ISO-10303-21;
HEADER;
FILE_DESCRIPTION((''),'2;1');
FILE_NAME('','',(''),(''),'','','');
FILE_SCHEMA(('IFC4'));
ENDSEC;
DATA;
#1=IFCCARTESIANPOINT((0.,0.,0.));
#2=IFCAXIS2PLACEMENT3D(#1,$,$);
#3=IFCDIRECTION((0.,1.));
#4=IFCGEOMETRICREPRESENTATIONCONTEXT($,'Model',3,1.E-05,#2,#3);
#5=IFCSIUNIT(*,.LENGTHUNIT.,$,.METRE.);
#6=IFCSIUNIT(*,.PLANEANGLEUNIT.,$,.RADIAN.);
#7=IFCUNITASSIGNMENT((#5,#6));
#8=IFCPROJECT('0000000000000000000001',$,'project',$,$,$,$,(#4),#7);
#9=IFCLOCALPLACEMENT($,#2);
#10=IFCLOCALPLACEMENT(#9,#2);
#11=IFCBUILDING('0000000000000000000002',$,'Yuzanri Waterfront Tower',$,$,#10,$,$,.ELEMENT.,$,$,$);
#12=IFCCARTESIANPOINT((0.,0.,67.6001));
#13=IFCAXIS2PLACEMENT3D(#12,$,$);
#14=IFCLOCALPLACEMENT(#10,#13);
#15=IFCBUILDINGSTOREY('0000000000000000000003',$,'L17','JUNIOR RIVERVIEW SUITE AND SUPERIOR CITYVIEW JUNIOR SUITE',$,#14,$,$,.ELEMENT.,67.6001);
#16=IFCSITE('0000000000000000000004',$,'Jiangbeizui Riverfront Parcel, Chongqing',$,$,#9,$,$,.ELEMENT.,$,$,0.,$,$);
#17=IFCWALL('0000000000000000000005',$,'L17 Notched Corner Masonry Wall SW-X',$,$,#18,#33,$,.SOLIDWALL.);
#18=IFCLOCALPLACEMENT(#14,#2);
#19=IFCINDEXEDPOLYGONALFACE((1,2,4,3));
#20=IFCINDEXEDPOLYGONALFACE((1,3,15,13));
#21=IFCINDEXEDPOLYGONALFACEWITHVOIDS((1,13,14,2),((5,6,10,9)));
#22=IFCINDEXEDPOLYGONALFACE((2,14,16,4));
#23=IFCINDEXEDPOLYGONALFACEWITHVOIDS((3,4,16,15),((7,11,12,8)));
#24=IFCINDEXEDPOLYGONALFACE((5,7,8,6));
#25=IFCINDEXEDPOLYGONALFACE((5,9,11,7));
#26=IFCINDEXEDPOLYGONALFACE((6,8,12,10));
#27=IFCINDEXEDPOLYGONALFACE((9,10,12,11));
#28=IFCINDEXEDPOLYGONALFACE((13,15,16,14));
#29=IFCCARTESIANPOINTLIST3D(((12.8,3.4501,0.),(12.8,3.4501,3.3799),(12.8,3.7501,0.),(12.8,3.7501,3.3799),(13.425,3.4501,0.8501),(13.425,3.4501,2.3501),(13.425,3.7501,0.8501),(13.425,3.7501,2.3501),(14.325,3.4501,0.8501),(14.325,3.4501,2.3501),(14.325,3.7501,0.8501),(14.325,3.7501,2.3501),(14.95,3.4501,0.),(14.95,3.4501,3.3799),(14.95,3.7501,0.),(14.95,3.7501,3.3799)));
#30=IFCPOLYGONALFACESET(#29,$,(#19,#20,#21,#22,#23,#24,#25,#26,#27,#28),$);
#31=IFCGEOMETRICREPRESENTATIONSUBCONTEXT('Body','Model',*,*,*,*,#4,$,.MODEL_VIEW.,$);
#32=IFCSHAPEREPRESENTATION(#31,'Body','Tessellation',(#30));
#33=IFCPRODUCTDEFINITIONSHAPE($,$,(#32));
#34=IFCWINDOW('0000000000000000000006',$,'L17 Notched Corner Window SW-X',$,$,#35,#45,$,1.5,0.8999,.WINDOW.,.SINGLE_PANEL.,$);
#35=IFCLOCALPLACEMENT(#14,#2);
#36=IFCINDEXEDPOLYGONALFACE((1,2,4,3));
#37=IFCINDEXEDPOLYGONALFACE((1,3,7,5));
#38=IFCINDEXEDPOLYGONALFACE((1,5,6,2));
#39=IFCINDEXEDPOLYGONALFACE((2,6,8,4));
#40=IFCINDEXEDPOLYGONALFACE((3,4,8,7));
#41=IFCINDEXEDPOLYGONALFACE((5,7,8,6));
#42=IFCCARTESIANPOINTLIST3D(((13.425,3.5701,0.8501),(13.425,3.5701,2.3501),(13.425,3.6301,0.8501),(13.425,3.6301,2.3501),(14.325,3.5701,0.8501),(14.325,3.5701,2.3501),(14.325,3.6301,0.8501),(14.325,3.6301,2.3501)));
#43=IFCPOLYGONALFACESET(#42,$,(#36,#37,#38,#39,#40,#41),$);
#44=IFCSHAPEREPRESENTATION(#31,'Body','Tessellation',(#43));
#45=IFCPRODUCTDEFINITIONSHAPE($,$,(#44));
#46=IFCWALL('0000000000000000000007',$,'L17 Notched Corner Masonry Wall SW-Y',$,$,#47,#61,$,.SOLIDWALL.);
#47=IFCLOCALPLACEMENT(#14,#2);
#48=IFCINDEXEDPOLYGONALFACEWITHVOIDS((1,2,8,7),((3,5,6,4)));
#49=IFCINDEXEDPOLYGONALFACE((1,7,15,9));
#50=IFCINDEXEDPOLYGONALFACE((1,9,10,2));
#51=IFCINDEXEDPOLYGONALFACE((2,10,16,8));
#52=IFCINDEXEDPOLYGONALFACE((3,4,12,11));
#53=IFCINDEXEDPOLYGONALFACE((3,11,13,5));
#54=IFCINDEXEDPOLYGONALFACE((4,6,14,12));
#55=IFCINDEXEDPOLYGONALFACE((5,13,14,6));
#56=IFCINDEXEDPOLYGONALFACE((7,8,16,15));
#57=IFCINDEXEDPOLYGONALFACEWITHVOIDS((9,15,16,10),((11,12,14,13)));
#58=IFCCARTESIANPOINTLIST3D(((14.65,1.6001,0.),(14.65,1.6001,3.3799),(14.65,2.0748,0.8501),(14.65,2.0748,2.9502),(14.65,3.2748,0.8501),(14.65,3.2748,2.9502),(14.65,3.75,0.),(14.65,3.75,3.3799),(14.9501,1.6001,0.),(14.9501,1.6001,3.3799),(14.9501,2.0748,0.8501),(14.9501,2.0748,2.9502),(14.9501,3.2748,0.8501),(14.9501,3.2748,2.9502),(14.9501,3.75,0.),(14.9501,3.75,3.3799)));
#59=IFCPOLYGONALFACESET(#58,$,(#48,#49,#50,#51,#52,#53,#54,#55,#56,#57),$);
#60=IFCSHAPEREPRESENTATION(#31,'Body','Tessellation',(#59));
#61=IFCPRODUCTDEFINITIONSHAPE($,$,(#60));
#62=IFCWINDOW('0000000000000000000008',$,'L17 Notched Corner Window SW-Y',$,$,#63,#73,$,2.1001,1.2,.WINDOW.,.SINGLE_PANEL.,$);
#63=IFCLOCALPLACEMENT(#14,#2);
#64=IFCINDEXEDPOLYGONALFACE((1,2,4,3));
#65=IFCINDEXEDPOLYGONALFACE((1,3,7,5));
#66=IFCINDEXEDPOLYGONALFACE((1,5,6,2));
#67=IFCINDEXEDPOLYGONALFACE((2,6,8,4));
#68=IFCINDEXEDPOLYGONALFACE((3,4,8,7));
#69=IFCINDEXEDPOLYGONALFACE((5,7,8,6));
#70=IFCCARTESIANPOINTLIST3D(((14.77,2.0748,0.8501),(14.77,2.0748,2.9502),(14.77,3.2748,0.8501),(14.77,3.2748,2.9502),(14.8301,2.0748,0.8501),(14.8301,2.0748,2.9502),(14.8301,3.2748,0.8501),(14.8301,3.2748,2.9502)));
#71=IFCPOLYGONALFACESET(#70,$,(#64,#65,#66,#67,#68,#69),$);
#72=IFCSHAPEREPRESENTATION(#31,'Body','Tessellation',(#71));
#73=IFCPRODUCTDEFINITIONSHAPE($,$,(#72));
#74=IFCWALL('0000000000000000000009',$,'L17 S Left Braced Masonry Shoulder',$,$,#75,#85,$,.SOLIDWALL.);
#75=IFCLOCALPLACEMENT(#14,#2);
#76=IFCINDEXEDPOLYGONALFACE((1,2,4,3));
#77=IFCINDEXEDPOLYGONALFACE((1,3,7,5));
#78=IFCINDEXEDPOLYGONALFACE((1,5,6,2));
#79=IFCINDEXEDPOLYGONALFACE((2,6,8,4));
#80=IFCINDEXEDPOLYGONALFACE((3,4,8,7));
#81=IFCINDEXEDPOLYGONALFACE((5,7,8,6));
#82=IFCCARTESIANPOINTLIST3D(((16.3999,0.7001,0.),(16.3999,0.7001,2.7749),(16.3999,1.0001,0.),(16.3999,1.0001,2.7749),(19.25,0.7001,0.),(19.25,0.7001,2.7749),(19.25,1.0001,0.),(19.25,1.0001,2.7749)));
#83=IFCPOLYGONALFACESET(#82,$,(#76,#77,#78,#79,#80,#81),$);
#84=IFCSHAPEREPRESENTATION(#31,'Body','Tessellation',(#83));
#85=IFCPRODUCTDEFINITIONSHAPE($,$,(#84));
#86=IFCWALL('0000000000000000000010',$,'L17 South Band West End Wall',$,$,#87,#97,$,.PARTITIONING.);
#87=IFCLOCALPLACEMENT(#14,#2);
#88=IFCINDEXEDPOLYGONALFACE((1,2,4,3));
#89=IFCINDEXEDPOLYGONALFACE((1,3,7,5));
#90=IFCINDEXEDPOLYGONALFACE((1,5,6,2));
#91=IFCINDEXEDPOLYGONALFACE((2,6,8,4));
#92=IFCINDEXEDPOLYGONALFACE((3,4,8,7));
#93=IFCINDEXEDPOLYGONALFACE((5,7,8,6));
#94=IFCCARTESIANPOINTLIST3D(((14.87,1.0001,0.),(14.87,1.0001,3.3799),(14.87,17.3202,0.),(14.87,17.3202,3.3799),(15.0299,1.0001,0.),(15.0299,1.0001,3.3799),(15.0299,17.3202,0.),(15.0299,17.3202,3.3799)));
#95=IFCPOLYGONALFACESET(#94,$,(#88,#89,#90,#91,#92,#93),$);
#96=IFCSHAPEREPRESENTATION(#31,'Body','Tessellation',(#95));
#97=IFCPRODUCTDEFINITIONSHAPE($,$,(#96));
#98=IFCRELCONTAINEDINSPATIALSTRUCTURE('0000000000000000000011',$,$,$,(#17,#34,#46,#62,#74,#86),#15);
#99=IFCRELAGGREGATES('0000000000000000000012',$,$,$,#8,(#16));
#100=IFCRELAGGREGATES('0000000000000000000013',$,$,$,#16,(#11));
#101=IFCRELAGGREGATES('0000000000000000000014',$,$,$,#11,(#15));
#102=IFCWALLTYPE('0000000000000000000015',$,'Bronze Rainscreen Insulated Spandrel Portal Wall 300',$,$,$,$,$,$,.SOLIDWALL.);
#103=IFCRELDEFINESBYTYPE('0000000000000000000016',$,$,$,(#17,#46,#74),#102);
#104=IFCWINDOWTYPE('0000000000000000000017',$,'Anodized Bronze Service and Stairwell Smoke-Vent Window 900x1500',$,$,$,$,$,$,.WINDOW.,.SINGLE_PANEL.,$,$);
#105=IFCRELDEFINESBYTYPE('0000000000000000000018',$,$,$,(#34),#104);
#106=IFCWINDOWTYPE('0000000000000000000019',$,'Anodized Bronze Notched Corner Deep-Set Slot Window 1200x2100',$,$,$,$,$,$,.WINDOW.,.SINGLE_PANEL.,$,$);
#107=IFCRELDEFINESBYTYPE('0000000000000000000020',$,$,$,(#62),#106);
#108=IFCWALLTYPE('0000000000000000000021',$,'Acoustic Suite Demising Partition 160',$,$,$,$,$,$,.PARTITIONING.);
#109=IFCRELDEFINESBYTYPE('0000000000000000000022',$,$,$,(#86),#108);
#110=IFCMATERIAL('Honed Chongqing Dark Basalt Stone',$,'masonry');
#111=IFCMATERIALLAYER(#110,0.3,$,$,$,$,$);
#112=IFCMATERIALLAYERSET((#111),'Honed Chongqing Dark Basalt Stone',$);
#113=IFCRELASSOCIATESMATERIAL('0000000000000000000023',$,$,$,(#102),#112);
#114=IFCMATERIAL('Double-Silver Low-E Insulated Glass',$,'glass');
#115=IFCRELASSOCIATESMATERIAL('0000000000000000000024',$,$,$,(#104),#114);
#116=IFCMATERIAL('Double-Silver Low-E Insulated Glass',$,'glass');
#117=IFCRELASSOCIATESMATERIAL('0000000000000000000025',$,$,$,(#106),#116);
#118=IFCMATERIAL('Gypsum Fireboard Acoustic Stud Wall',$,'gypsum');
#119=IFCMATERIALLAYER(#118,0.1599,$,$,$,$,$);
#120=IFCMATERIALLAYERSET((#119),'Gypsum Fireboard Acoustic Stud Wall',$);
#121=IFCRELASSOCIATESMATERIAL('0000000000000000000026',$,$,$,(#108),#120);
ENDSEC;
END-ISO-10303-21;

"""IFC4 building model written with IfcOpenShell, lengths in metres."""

from ifc_helpers import new_model, si_unit, direction, frame, frame_2d, origin, place, context, subcontext, project, spatial, rectangle, extrude, source, transform, mapped, material, layer, layer_set, type_object, element, fill, save


model = new_model("IFC4")

# Units and contexts
model_context = context("Model", 3, precision=1e-05, world=origin(), true_north=direction((0.0, 1.0)))
body_context = subcontext(model_context, "Body", "Model", "MODEL_VIEW")
ifc_project = project(units=[si_unit("LENGTHUNIT", "METRE"), si_unit("PLANEANGLEUNIT", "RADIAN")], contexts=[model_context])

# Site, building, storey
site_placement = place(None, origin())
site = spatial("IfcSite", under=ifc_project, at=site_placement, Name="Jiangbeizui Riverfront Parcel, Chongqing", CompositionType="ELEMENT", RefElevation=0.0)
building_placement = place(site_placement, origin())
building = spatial("IfcBuilding", under=site, at=building_placement, Name="Yuzanri Waterfront Tower", CompositionType="ELEMENT")
storey_placement = place(building_placement, frame((0.0, 0.0, 67.6001)))
storey = spatial("IfcBuildingStorey", under=building, at=storey_placement, Name="L17", Description="JUNIOR RIVERVIEW SUITE AND SUPERIOR CITYVIEW JUNIOR SUITE", CompositionType="ELEMENT", Elevation=67.6001)

# Walls, openings, windows
ifc_material_1 = material(Name="Honed Chongqing Dark Basalt Stone", Category="masonry")
ifc_layer_1 = layer(ifc_material_1, 0.3)
ifc_layer_set_1 = layer_set([ifc_layer_1], Name="Honed Chongqing Dark Basalt Stone")
wall_type_1 = type_object("IfcWallType", Name="Bronze Rainscreen Insulated Spandrel Portal Wall 300", PredefinedType="SOLIDWALL", material=ifc_layer_set_1)
wall_1_placement = place(storey_placement, frame((12.8, 3.6001, 0.0), z_axis=(0.0, 0.0, 1.0), x_axis=(1.0, 0.0, 0.0)))
wall_1 = element("IfcWall", 1, at=wall_1_placement, inside=storey, type_object=wall_type_1, Name="L17 Notched Corner Masonry Wall SW-X", PredefinedType="SOLIDWALL", context=body_context, shape_type="SweptSolid", body=[
    extrude(rectangle(XDim=2.1499, YDim=0.3, at=frame_2d((1.075, 0.0))), origin(), (0.0, 0.0, 1.0), 3.3799),
])
opening_1_placement = place(wall_1_placement, frame((0.625, 0.0, 0.8501)))
opening_1 = element("IfcOpeningElement", 2, at=opening_1_placement, cuts=wall_1, PredefinedType="OPENING", context=body_context, shape_type="SweptSolid", body=[
    extrude(rectangle(XDim=0.8999, YDim=1.5, at=frame_2d((0.45, 0.75))), frame((0.0, 0.165, 0.0), z_axis=(0.0, -1.0, 0.0), x_axis=(1.0, 0.0, 0.0)), (0.0, 0.0, 1.0), 0.3298),
])
ifc_material_2 = material(Name="Double-Silver Low-E Insulated Glass", Category="glass")
window_type_1 = type_object("IfcWindowType", Name="Anodized Bronze Service and Stairwell Smoke-Vent Window 900x1500", PartitioningType="SINGLE_PANEL", PredefinedType="WINDOW", material=ifc_material_2)
shared_shape_1 = source(origin(), body_context, "Body", "SweptSolid", [
    extrude(rectangle(XDim=0.8999, YDim=1.5, at=frame_2d((0.45, 0.75))), frame((0.0, 0.03, 0.0), z_axis=(0.0, -1.0, 0.0), x_axis=(1.0, 0.0, 0.0)), (0.0, 0.0, 1.0), 0.0601),
])
window_1_placement = place(opening_1_placement, origin())
window_1 = element("IfcWindow", 3, at=window_1_placement, inside=storey, type_object=window_type_1, Name="L17 Notched Corner Window SW-X", OverallHeight=1.5, OverallWidth=0.8999, PartitioningType="SINGLE_PANEL", PredefinedType="WINDOW", context=body_context, shape_type="MappedRepresentation", body=[
    mapped(shared_shape_1, transform((0.0, 0.0, 0.0), scale=1.0)),
])
fill(opening_1, window_1)
wall_2_placement = place(storey_placement, frame((14.8, 3.75, 0.0), z_axis=(0.0, 0.0, 1.0), x_axis=(0.0, -1.0, 0.0)))
wall_2 = element("IfcWall", 4, at=wall_2_placement, inside=storey, type_object=wall_type_1, Name="L17 Notched Corner Masonry Wall SW-Y", PredefinedType="SOLIDWALL", context=body_context, shape_type="SweptSolid", body=[
    extrude(rectangle(XDim=2.1499, YDim=0.3, at=frame_2d((1.075, 0.0))), origin(), (0.0, 0.0, 1.0), 3.3799),
])
opening_2_placement = place(wall_2_placement, frame((0.4751, 0.0, 0.8501)))
opening_2 = element("IfcOpeningElement", 5, at=opening_2_placement, cuts=wall_2, PredefinedType="OPENING", context=body_context, shape_type="SweptSolid", body=[
    extrude(rectangle(XDim=1.2, YDim=2.1001, at=frame_2d((0.6001, 1.05))), frame((0.0, 0.165, 0.0), z_axis=(0.0, -1.0, 0.0), x_axis=(1.0, 0.0, 0.0)), (0.0, 0.0, 1.0), 0.3298),
])
ifc_material_3 = material(Name="Double-Silver Low-E Insulated Glass", Category="glass")
window_type_2 = type_object("IfcWindowType", Name="Anodized Bronze Notched Corner Deep-Set Slot Window 1200x2100", PartitioningType="SINGLE_PANEL", PredefinedType="WINDOW", material=ifc_material_3)
shared_shape_2 = source(origin(), body_context, "Body", "SweptSolid", [
    extrude(rectangle(XDim=1.2, YDim=2.1001, at=frame_2d((0.6001, 1.05))), frame((0.0, 0.03, 0.0), z_axis=(0.0, -1.0, 0.0), x_axis=(1.0, 0.0, 0.0)), (0.0, 0.0, 1.0), 0.0601),
])
window_2_placement = place(opening_2_placement, origin())
window_2 = element("IfcWindow", 6, at=window_2_placement, inside=storey, type_object=window_type_2, Name="L17 Notched Corner Window SW-Y", OverallHeight=2.1001, OverallWidth=1.2, PartitioningType="SINGLE_PANEL", PredefinedType="WINDOW", context=body_context, shape_type="MappedRepresentation", body=[
    mapped(shared_shape_2, transform((0.0, 0.0, 0.0), scale=1.0)),
])
fill(opening_2, window_2)

# Walls
shared_shape_3 = source(origin(), body_context, "Body", "SweptSolid", [
    extrude(rectangle(XDim=2.8501, YDim=0.3, at=frame_2d((1.425, 0.0))), origin(), (0.0, 0.0, 1.0), 2.7749),
])
wall_3_placement = place(storey_placement, frame((16.3999, 0.8501, 0.0), z_axis=(0.0, 0.0, 1.0), x_axis=(1.0, 0.0, 0.0)))
element("IfcWall", 7, at=wall_3_placement, inside=storey, type_object=wall_type_1, Name="L17 S Left Braced Masonry Shoulder", PredefinedType="SOLIDWALL", context=body_context, shape_type="MappedRepresentation", body=[
    mapped(shared_shape_3, transform((0.0, 0.0, 0.0), scale=1.0)),
])
ifc_material_4 = material(Name="Gypsum Fireboard Acoustic Stud Wall", Category="gypsum")
ifc_layer_2 = layer(ifc_material_4, 0.1599)
ifc_layer_set_2 = layer_set([ifc_layer_2], Name="Gypsum Fireboard Acoustic Stud Wall")
wall_type_2 = type_object("IfcWallType", Name="Acoustic Suite Demising Partition 160", PredefinedType="PARTITIONING", material=ifc_layer_set_2)
shared_shape_4 = source(origin(), body_context, "Body", "SweptSolid", [
    extrude(rectangle(XDim=16.3201, YDim=0.1599, at=frame_2d((8.1602, 0.0))), origin(), (0.0, 0.0, 1.0), 3.3799),
])
wall_4_placement = place(storey_placement, frame((14.95, 1.0, 0.0), z_axis=(0.0, 0.0, 1.0), x_axis=(0.0, 1.0, 0.0)))
element("IfcWall", 8, at=wall_4_placement, inside=storey, type_object=wall_type_2, Name="L17 South Band West End Wall", PredefinedType="PARTITIONING", context=body_context, shape_type="MappedRepresentation", body=[
    mapped(shared_shape_4, transform((0.0, 0.0, 0.0), scale=1.0)),
])

save(model, "model.ifc")
